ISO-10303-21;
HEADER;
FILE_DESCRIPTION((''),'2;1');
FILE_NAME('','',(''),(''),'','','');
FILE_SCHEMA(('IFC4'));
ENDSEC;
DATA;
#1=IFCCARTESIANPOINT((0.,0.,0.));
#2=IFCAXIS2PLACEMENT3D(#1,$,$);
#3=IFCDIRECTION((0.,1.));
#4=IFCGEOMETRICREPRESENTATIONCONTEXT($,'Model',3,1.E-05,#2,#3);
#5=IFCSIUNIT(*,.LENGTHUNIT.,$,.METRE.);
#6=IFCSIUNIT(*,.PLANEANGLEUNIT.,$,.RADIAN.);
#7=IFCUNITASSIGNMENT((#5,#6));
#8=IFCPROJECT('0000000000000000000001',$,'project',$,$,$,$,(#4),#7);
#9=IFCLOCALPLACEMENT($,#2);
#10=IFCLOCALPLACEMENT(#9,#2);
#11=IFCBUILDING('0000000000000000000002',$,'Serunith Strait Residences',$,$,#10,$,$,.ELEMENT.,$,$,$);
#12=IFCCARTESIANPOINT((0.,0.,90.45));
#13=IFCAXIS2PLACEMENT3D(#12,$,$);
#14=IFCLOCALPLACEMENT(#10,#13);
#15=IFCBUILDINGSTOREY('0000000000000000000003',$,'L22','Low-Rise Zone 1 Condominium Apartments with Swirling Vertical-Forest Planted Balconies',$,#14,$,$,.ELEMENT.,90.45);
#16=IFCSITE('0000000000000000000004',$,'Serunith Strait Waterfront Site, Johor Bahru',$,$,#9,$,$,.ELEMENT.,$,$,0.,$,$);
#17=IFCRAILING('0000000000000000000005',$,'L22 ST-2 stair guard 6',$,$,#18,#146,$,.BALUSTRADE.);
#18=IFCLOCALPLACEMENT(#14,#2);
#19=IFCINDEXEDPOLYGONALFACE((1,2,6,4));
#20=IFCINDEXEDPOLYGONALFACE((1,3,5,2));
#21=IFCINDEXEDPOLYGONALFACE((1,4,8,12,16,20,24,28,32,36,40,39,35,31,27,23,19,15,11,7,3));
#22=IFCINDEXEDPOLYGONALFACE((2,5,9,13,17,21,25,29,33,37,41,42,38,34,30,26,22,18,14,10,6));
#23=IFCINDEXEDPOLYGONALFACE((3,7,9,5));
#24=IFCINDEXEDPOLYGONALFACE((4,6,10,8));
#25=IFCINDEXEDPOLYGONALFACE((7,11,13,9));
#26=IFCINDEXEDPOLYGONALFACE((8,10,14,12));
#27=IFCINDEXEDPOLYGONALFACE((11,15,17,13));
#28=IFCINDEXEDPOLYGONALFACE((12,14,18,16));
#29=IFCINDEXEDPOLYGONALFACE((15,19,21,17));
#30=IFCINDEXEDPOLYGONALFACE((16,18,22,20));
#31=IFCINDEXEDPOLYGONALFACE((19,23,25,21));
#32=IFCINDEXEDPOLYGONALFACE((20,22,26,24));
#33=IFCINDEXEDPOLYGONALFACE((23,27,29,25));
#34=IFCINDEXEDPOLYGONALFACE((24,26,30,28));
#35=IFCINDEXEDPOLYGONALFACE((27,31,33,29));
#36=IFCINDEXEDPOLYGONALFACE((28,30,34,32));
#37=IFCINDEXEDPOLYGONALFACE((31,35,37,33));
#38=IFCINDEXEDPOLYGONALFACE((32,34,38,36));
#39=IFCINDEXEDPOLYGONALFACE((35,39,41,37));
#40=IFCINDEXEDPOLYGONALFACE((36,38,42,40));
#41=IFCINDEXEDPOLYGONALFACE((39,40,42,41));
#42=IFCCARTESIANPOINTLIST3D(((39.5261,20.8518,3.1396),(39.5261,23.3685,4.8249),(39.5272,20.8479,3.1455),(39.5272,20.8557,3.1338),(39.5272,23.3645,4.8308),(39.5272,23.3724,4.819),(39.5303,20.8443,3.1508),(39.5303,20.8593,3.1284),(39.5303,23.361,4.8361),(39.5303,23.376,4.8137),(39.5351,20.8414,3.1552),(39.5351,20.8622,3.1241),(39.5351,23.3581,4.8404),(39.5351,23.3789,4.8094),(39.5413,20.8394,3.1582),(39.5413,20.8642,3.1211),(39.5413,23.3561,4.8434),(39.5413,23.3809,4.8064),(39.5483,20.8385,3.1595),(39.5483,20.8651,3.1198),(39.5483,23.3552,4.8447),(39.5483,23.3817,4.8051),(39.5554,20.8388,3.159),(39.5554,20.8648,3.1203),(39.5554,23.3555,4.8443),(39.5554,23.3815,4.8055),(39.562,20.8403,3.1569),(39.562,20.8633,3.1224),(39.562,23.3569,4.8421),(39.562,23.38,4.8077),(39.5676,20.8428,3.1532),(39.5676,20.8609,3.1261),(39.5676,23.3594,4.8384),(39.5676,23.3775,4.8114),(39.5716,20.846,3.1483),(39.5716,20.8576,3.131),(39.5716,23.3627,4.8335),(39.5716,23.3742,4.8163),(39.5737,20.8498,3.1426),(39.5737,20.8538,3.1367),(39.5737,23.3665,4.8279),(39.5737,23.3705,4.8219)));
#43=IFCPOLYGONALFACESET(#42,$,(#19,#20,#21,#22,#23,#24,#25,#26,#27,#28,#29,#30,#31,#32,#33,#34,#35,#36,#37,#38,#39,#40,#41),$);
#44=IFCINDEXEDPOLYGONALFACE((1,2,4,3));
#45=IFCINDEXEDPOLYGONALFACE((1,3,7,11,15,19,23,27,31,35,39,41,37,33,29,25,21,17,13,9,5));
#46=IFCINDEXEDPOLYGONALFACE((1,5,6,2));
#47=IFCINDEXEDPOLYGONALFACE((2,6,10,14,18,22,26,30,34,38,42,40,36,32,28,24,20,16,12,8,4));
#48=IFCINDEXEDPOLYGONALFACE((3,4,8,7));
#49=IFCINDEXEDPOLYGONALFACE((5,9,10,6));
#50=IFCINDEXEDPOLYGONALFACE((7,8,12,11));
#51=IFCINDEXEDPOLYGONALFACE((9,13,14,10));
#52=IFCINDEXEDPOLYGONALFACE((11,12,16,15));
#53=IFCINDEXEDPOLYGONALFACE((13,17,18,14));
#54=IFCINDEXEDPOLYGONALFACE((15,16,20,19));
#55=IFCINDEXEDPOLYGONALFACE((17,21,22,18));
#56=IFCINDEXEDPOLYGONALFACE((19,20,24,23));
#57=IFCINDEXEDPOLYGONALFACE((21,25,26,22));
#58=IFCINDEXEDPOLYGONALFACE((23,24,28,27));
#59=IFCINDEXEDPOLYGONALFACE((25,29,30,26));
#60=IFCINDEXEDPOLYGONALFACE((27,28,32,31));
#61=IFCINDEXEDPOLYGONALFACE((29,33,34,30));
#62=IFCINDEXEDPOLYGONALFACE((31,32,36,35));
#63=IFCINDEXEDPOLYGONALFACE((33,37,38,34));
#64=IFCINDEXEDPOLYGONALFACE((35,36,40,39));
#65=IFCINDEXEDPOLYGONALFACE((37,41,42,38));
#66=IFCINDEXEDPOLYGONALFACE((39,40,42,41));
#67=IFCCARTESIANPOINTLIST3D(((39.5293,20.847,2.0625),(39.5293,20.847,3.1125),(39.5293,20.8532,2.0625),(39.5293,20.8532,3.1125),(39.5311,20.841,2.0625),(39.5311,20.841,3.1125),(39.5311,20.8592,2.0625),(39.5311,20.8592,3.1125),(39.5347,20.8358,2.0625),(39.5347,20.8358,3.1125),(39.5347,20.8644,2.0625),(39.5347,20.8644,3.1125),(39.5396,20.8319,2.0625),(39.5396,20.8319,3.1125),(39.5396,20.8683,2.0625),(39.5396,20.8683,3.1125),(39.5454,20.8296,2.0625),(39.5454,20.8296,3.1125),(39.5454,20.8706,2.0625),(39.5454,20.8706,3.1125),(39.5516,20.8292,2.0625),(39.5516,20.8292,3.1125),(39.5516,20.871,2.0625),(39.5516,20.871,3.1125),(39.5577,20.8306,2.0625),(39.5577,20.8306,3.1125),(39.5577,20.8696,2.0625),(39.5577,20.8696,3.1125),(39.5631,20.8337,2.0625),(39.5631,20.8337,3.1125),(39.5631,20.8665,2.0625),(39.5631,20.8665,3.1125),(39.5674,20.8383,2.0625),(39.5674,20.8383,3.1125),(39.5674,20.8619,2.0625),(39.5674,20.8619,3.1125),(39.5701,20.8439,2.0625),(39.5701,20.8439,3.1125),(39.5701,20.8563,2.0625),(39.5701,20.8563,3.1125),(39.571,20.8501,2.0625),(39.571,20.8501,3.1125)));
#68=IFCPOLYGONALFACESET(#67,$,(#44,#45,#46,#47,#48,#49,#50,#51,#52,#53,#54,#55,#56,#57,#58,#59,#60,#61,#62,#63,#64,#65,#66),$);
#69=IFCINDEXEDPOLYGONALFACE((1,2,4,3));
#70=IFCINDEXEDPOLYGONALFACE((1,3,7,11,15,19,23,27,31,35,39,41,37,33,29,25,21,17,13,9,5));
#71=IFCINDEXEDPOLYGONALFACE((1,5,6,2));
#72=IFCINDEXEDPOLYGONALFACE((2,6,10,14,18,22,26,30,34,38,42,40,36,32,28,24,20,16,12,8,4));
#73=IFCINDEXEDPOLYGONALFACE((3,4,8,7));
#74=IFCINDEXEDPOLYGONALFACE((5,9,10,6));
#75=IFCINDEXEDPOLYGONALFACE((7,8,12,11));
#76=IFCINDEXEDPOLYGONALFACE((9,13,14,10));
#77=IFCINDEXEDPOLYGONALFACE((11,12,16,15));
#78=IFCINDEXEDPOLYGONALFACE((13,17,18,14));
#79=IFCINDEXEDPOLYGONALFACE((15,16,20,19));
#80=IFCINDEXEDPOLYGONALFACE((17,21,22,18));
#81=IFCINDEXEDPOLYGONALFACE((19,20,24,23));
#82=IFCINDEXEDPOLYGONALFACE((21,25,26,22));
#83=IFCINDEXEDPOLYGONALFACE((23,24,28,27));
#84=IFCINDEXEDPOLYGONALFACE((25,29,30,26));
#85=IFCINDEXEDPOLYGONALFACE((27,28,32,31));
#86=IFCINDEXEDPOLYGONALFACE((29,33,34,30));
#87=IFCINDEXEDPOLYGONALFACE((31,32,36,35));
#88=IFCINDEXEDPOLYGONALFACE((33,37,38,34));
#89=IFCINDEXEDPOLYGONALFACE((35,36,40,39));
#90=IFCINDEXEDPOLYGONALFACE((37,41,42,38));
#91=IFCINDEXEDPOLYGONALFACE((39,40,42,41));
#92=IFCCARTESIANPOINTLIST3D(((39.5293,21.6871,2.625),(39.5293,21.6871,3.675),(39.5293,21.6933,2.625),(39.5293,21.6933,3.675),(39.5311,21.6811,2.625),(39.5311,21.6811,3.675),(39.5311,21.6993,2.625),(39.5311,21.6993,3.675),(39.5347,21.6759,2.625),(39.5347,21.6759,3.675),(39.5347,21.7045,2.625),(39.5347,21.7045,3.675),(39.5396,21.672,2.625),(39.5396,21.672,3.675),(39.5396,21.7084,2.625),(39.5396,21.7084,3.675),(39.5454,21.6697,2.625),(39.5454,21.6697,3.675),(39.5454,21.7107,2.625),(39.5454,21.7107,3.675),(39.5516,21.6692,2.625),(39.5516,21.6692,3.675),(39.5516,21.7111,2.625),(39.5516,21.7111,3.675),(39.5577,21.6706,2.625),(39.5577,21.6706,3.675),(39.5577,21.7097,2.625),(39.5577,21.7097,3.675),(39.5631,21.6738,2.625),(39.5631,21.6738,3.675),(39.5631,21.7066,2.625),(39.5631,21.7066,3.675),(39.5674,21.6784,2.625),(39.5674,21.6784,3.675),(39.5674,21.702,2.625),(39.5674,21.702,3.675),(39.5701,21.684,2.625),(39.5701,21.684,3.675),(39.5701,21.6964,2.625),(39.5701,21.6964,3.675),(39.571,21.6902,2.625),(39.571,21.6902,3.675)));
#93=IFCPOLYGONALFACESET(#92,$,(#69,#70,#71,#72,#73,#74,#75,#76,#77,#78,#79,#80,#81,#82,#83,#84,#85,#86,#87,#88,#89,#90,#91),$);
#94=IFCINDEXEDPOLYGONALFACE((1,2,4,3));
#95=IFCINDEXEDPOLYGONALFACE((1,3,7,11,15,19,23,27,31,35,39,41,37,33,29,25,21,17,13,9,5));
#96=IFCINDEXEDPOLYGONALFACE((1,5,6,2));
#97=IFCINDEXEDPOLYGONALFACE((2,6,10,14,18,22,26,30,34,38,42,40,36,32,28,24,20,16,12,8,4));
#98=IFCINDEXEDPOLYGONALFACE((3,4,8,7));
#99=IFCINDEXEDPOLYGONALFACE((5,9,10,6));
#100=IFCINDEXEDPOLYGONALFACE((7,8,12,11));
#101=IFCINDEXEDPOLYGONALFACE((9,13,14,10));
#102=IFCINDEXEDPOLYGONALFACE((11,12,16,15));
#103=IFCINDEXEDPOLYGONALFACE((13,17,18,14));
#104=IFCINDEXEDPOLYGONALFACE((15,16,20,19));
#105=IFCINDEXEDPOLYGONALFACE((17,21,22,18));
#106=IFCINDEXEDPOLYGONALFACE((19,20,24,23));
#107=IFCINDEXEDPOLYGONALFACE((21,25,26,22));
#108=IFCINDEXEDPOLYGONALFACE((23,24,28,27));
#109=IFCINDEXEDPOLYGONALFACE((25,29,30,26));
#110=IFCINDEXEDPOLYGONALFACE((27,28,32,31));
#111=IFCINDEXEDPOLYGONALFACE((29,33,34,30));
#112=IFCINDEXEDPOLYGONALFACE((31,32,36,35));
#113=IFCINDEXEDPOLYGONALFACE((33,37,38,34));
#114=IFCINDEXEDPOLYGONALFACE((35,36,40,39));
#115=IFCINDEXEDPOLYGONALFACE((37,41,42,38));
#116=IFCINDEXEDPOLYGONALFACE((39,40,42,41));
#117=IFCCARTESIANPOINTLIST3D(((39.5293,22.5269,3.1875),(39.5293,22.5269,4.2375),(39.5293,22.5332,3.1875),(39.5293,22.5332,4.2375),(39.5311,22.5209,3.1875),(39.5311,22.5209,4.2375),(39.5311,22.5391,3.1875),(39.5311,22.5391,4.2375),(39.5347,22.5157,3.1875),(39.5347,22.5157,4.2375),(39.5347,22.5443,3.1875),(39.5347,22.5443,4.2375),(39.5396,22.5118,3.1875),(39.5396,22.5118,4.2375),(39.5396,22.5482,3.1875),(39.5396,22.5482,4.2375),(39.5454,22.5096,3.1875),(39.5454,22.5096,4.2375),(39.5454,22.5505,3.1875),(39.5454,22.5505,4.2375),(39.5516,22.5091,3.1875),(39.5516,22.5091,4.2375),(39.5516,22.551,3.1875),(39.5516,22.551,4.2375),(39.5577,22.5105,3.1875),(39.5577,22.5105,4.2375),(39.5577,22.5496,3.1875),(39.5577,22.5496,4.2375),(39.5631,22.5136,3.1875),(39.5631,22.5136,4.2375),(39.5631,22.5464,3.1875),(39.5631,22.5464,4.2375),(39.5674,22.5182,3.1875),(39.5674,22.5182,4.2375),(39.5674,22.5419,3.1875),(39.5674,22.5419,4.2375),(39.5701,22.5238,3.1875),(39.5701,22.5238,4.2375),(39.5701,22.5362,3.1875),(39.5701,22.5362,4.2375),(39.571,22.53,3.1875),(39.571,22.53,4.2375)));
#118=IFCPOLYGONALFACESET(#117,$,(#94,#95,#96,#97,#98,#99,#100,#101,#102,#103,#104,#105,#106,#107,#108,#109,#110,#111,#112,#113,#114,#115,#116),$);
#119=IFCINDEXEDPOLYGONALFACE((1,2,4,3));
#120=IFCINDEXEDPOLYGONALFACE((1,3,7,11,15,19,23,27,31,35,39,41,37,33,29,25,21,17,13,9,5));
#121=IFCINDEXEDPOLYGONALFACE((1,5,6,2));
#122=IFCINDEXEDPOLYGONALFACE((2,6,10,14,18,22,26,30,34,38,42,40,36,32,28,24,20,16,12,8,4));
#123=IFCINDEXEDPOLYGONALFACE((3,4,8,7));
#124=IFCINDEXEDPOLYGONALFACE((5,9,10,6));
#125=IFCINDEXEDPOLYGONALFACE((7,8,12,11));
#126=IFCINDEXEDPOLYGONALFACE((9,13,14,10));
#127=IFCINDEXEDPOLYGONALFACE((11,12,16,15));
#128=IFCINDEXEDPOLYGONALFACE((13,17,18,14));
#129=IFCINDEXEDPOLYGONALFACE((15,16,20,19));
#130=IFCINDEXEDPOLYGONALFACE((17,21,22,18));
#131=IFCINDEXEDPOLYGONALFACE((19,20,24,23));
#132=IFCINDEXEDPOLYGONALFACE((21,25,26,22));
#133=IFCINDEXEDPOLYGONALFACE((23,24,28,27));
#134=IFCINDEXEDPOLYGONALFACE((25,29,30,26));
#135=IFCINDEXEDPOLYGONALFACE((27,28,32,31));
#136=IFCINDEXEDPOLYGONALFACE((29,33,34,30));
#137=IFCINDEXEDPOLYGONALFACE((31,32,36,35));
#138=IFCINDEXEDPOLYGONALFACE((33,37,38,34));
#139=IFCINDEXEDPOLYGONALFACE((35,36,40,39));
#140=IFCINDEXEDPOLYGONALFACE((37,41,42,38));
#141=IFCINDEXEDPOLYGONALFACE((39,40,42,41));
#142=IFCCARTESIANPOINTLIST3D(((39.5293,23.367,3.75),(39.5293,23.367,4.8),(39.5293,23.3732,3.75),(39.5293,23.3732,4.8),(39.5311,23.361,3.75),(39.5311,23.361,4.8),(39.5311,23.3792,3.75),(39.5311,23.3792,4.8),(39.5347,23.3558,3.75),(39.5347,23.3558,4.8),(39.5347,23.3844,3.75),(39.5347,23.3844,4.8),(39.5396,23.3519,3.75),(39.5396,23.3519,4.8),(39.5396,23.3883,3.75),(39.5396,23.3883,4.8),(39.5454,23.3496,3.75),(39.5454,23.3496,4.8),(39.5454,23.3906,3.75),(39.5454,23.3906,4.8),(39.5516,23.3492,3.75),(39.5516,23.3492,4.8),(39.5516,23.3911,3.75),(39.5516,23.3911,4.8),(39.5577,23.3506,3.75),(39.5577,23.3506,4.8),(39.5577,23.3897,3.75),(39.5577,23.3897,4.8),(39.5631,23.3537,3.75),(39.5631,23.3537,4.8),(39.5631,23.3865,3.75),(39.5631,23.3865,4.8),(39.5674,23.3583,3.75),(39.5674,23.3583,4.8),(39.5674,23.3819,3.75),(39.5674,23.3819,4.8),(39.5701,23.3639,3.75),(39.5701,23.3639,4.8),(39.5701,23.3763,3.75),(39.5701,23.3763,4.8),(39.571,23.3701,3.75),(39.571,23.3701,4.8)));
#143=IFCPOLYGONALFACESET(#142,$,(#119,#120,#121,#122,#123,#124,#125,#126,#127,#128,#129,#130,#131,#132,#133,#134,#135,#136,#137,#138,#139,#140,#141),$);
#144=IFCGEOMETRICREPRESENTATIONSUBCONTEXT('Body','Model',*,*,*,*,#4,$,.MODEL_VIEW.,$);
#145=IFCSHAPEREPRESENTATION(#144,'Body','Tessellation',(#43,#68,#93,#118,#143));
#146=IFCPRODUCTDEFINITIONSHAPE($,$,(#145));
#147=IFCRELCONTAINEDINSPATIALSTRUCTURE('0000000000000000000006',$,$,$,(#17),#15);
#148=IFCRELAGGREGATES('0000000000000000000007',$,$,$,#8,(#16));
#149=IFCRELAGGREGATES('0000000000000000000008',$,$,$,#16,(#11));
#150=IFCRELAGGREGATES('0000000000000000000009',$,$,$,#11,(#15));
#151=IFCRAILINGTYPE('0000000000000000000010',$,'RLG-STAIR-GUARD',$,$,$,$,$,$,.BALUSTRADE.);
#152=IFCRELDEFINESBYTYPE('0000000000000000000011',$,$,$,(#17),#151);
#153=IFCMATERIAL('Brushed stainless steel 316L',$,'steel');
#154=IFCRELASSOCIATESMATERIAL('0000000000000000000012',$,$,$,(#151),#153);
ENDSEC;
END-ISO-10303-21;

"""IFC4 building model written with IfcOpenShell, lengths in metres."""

from ifc_helpers import new_model, si_unit, direction, frame, origin, origin_2d, place, context, subcontext, project, spatial, circle, extrude, material, type_object, element, save


model = new_model("IFC4")

# Units and contexts
model_context = context("Model", 3, precision=1e-05, world=origin(), true_north=direction((0.0, 1.0)))
body_context = subcontext(model_context, "Body", "Model", "MODEL_VIEW")
ifc_project = project(units=[si_unit("LENGTHUNIT", "METRE"), si_unit("PLANEANGLEUNIT", "RADIAN")], contexts=[model_context])

# Site, building, storey
site_placement = place(None, origin())
site = spatial("IfcSite", under=ifc_project, at=site_placement, Name="Serunith Strait Waterfront Site, Johor Bahru", CompositionType="ELEMENT", RefElevation=0.0)
building_placement = place(site_placement, origin())
building = spatial("IfcBuilding", under=site, at=building_placement, Name="Serunith Strait Residences", CompositionType="ELEMENT")
storey_placement = place(building_placement, frame((0.0, 0.0, 90.45)))
storey = spatial("IfcBuildingStorey", under=building, at=storey_placement, Name="L22", Description="Low-Rise Zone 1 Condominium Apartments with Swirling Vertical-Forest Planted Balconies", CompositionType="ELEMENT", Elevation=90.45)

# Railing
ifc_material_1 = material(Name="Brushed stainless steel 316L", Category="steel")
railing_type_1 = type_object("IfcRailingType", Name="RLG-STAIR-GUARD", PredefinedType="BALUSTRADE", material=ifc_material_1)
railing_1_placement = place(storey_placement, frame((39.55, 20.8501, 2.0625)))
element("IfcRailing", 1, at=railing_1_placement, inside=storey, type_object=railing_type_1, Name="L22 ST-2 stair guard 6", PredefinedType="BALUSTRADE", context=body_context, shape_type="SweptSolid", body=[
    extrude(circle(Radius=0.0239, at=origin_2d()), frame((0.0, 0.0017, 1.0771), z_axis=(0.0, 0.830909, 0.556408), x_axis=(-1.0, 0.0, 0.0)), (0.0, 0.0, 1.0), 3.0288),
    extrude(circle(Radius=0.021, at=origin_2d()), origin(), (0.0, 0.0, 1.0), 1.05),
    extrude(circle(Radius=0.021, at=origin_2d()), frame((0.0, 0.8401, 0.5625)), (0.0, 0.0, 1.0), 1.05),
    extrude(circle(Radius=0.021, at=origin_2d()), frame((0.0, 1.6799, 1.125)), (0.0, 0.0, 1.0), 1.05),
    extrude(circle(Radius=0.021, at=origin_2d()), frame((0.0, 2.52, 1.6875)), (0.0, 0.0, 1.0), 1.05),
])

save(model, "model.ifc")
